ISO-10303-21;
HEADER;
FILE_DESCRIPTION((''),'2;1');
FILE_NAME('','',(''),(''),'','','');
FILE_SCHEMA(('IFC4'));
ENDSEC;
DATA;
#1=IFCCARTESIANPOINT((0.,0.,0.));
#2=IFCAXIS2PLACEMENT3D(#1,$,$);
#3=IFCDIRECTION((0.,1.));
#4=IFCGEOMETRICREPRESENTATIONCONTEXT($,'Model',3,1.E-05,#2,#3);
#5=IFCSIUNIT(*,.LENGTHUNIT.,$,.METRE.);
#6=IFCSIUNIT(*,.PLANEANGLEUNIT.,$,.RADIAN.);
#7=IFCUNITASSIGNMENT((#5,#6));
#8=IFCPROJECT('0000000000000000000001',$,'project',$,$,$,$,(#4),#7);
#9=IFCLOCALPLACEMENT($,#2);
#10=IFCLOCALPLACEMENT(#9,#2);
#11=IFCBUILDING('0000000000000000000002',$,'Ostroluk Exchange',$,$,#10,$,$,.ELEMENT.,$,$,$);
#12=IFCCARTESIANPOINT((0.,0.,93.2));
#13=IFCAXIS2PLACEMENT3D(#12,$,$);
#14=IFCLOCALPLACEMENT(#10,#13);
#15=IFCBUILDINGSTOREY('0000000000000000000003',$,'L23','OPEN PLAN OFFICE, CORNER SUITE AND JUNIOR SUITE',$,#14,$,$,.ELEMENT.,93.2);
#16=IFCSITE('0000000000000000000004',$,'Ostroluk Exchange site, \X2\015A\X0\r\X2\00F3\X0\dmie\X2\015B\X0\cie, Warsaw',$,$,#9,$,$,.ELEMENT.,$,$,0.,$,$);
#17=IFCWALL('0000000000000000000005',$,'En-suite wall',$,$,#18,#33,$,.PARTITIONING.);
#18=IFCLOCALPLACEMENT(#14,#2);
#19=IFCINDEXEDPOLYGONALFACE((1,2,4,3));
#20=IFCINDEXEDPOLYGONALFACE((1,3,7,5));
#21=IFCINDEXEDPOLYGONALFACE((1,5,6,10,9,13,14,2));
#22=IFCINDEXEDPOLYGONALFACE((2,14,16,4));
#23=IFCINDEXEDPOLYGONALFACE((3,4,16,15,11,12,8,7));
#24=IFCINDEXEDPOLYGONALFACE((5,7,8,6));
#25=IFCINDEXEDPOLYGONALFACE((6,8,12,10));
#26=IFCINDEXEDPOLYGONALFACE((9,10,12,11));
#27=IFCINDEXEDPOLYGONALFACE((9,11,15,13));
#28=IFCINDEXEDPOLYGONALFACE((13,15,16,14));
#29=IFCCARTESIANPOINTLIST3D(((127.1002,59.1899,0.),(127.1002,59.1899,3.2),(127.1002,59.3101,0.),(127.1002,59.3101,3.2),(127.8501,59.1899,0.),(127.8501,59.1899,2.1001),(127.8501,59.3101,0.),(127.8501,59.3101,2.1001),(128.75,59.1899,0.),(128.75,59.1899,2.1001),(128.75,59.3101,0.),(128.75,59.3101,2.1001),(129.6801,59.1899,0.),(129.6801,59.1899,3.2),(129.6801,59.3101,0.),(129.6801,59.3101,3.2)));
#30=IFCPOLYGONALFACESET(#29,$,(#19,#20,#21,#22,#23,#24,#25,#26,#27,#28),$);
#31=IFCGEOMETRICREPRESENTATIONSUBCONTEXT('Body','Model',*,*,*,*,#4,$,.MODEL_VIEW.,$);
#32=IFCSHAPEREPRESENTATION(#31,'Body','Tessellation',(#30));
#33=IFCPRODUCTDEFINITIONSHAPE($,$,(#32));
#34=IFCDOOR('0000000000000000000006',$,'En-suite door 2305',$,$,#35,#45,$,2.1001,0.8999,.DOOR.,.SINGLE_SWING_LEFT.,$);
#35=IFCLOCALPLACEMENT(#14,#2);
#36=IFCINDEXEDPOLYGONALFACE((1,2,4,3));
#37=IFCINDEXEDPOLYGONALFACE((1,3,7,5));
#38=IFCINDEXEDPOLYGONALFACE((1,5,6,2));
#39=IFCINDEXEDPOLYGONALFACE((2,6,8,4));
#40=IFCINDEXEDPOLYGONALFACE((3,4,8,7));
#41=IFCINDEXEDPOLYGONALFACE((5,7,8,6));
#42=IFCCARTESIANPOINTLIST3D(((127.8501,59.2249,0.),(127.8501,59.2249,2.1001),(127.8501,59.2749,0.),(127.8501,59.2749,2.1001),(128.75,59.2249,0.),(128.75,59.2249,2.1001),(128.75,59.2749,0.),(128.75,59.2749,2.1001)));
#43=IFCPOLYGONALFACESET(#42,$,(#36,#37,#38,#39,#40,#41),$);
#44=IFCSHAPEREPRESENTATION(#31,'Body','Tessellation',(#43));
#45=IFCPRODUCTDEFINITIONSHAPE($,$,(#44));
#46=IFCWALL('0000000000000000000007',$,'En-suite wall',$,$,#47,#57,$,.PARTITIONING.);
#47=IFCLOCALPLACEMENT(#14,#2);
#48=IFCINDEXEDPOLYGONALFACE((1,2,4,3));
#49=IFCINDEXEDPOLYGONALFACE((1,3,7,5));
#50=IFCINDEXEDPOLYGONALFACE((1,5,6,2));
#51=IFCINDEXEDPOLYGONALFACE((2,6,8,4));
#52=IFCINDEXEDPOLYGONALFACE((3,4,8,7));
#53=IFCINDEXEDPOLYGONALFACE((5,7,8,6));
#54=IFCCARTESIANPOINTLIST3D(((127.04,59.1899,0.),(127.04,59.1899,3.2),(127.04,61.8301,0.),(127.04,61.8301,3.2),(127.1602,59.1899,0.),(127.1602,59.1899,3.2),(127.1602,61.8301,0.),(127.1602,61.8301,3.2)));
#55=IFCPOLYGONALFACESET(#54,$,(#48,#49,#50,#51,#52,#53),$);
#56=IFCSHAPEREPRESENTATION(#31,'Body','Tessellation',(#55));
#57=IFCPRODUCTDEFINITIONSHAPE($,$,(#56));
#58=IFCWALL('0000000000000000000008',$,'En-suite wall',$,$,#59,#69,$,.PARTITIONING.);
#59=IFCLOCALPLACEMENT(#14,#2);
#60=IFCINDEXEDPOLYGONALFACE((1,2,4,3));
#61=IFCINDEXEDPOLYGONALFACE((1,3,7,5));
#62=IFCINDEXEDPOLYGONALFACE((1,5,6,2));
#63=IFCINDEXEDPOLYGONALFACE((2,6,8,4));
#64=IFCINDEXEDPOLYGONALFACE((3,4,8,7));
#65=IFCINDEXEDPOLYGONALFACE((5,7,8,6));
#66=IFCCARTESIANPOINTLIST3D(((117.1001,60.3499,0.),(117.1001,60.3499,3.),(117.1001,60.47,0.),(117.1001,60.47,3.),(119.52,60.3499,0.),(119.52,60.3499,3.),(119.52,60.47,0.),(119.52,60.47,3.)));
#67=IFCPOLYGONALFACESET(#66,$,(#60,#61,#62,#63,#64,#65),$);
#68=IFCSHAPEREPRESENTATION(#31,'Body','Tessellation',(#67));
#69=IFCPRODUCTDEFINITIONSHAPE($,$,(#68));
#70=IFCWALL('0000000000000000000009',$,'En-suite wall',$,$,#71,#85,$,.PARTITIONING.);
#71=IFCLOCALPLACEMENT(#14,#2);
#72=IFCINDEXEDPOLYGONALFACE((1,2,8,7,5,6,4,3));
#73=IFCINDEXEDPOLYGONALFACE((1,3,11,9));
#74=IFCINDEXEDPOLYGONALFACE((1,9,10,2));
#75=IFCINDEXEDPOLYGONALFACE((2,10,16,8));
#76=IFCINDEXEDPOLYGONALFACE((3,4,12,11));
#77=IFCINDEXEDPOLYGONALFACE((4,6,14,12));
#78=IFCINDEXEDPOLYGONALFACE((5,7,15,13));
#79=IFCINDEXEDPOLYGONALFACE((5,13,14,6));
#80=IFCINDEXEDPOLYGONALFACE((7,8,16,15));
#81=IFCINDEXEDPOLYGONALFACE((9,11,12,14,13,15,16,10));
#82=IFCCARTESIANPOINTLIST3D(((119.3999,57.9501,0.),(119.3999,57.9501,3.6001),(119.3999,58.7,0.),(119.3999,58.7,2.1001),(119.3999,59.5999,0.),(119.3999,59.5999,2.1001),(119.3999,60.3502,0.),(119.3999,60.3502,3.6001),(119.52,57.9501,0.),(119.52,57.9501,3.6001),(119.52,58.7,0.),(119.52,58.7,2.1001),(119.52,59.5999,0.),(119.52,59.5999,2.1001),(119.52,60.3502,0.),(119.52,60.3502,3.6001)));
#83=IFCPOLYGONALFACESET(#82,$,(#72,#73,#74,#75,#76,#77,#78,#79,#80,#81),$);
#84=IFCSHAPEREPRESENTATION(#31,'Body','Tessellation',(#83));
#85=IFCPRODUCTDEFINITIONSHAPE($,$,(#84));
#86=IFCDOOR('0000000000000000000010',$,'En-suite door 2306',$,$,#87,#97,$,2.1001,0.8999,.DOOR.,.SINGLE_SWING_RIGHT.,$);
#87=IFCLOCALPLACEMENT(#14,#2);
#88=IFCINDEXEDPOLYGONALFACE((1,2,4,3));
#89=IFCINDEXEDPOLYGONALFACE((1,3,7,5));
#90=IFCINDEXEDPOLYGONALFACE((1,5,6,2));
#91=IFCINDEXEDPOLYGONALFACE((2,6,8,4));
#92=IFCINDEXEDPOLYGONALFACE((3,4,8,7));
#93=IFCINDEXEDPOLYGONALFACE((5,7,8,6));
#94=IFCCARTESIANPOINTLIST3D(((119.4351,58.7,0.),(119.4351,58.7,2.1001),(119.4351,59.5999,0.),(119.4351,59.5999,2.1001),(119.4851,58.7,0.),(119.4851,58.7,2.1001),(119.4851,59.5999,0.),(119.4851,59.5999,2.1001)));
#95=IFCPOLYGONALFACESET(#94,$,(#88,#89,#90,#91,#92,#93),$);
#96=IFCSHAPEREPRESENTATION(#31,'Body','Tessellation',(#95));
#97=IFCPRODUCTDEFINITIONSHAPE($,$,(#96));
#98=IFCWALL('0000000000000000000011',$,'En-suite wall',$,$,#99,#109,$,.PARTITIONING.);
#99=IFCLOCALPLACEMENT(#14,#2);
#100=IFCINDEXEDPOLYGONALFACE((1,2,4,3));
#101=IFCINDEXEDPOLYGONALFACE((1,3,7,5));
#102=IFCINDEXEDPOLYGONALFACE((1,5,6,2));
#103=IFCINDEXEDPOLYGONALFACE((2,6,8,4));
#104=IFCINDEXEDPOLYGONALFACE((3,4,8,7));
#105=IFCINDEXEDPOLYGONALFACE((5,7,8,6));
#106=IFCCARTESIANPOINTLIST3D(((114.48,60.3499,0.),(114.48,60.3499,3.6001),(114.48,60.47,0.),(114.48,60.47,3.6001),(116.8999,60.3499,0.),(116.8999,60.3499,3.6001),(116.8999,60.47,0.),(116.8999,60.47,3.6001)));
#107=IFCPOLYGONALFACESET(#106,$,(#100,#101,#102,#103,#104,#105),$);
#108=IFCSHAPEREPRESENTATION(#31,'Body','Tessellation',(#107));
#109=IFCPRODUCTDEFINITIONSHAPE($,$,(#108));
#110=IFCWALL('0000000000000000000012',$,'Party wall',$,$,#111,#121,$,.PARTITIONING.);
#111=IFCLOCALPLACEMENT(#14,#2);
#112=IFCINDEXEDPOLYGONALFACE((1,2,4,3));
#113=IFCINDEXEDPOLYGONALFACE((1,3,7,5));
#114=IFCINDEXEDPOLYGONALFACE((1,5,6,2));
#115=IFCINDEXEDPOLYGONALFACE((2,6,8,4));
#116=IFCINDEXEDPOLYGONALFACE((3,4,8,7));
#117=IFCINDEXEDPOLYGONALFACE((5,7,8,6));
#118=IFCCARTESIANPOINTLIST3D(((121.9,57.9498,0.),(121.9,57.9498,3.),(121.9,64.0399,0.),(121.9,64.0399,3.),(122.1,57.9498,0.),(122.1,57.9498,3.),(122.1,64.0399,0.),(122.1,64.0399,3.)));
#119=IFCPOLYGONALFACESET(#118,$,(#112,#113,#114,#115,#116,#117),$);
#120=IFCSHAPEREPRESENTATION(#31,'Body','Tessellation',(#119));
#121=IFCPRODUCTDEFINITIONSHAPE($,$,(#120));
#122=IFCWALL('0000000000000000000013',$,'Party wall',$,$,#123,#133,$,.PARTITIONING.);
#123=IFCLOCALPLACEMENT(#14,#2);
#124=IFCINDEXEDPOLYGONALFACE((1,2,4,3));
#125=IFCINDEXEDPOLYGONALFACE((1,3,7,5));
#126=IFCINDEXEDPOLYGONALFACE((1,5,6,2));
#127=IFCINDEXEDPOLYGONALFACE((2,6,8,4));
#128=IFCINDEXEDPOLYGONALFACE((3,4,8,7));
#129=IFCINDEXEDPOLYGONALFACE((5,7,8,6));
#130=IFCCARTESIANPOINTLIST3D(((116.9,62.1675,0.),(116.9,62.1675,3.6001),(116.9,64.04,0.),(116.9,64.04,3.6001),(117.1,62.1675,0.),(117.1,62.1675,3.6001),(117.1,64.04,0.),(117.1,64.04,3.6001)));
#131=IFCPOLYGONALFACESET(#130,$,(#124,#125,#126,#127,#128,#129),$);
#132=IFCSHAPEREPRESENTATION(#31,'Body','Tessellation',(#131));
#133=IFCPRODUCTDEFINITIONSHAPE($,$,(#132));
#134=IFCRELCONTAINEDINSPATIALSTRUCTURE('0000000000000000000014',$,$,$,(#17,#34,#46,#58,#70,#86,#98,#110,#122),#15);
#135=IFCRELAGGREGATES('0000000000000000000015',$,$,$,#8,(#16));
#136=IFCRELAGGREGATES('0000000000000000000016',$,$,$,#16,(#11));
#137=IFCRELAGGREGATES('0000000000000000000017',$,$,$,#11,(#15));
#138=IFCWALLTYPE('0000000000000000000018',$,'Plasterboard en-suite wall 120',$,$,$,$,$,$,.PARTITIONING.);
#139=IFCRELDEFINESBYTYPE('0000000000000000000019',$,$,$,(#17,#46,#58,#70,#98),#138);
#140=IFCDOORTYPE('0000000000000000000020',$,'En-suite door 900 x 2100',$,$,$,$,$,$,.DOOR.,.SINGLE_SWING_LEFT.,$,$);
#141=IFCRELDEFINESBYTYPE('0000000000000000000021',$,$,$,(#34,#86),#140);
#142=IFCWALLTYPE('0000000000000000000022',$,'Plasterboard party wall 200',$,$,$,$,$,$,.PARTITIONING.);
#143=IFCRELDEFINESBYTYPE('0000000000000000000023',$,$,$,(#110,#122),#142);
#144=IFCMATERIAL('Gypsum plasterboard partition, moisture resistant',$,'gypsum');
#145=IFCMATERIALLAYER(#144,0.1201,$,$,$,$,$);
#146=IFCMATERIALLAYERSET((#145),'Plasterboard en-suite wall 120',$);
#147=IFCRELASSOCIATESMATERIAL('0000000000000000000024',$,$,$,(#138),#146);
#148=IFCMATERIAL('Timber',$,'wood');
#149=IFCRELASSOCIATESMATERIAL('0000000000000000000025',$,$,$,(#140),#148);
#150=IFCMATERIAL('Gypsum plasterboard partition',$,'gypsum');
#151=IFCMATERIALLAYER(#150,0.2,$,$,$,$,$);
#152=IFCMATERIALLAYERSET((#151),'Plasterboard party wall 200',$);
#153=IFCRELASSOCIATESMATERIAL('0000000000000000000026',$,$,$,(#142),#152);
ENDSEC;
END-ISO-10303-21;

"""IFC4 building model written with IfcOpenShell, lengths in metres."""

from ifc_helpers import new_model, si_unit, direction, frame, frame_2d, origin, place, context, subcontext, project, spatial, rectangle, extrude, material, layer, layer_set, type_object, element, fill, save


model = new_model("IFC4")

# Units and contexts
model_context = context("Model", 3, precision=1e-05, world=origin(), true_north=direction((0.0, 1.0)))
body_context = subcontext(model_context, "Body", "Model", "MODEL_VIEW")
ifc_project = project(units=[si_unit("LENGTHUNIT", "METRE"), si_unit("PLANEANGLEUNIT", "RADIAN")], contexts=[model_context])

# Site, building, storey
site_placement = place(None, origin())
site = spatial("IfcSite", under=ifc_project, at=site_placement, Name="Ostroluk Exchange site, Śródmieście, Warsaw", CompositionType="ELEMENT", RefElevation=0.0)
building_placement = place(site_placement, origin())
building = spatial("IfcBuilding", under=site, at=building_placement, Name="Ostroluk Exchange", CompositionType="ELEMENT")
storey_placement = place(building_placement, frame((0.0, 0.0, 93.2)))
storey = spatial("IfcBuildingStorey", under=building, at=storey_placement, Name="L23", Description="OPEN PLAN OFFICE, CORNER SUITE AND JUNIOR SUITE", CompositionType="ELEMENT", Elevation=93.2)

# Wall, opening, door
ifc_material_1 = material(Name="Gypsum plasterboard partition, moisture resistant", Category="gypsum")
ifc_layer_1 = layer(ifc_material_1, 0.1201)
ifc_layer_set_1 = layer_set([ifc_layer_1], Name="Plasterboard en-suite wall 120")
wall_type_1 = type_object("IfcWallType", Name="Plasterboard en-suite wall 120", PredefinedType="PARTITIONING", material=ifc_layer_set_1)
wall_1_placement = place(storey_placement, frame((127.1001, 59.25, 0.0), z_axis=(0.0, 0.0, 1.0), x_axis=(1.0, 0.0, 0.0)))
wall_1 = element("IfcWall", 1, at=wall_1_placement, inside=storey, type_object=wall_type_1, Name="En-suite wall", PredefinedType="PARTITIONING", context=body_context, shape_type="SweptSolid", body=[
    extrude(rectangle(XDim=2.5798, YDim=0.1201, at=frame_2d((1.29, 0.0))), origin(), (0.0, 0.0, 1.0), 3.2),
])
opening_1_placement = place(wall_1_placement, frame((0.75, 0.0, 0.0)))
opening_1 = element("IfcOpeningElement", 2, at=opening_1_placement, cuts=wall_1, PredefinedType="OPENING", context=body_context, shape_type="SweptSolid", body=[
    extrude(rectangle(XDim=0.8999, YDim=2.1001, at=frame_2d((0.45, 1.05))), frame((0.0, 0.0701, 0.0), z_axis=(0.0, -1.0, 0.0), x_axis=(1.0, 0.0, 0.0)), (0.0, 0.0, 1.0), 0.1401),
])
ifc_material_2 = material(Name="Timber", Category="wood")
door_type = type_object("IfcDoorType", Name="En-suite door 900 x 2100", OperationType="SINGLE_SWING_LEFT", PredefinedType="DOOR", material=ifc_material_2)
door_1_placement = place(opening_1_placement, origin())
door_1 = element("IfcDoor", 3, at=door_1_placement, inside=storey, type_object=door_type, Name="En-suite door 2305", OperationType="SINGLE_SWING_LEFT", OverallHeight=2.1001, OverallWidth=0.8999, PredefinedType="DOOR", context=body_context, shape_type="SweptSolid", body=[
    extrude(rectangle(XDim=0.8999, YDim=2.1001, at=frame_2d((0.45, 1.05))), frame((0.0, 0.0249, 0.0), z_axis=(0.0, -1.0, 0.0), x_axis=(1.0, 0.0, 0.0)), (0.0, 0.0, 1.0), 0.05),
])
fill(opening_1, door_1)

# Walls
wall_2_placement = place(storey_placement, frame((127.1001, 59.1899, 0.0), z_axis=(0.0, 0.0, 1.0), x_axis=(0.0, 1.0, 0.0)))
element("IfcWall", 4, at=wall_2_placement, inside=storey, type_object=wall_type_1, Name="En-suite wall", PredefinedType="PARTITIONING", context=body_context, shape_type="SweptSolid", body=[
    extrude(rectangle(XDim=2.6401, YDim=0.1201, at=frame_2d((1.3201, 0.0))), origin(), (0.0, 0.0, 1.0), 3.2),
])
wall_3_placement = place(storey_placement, frame((119.52, 60.4099, 0.0), z_axis=(0.0, 0.0, 1.0), x_axis=(-1.0, 0.0, 0.0)))
element("IfcWall", 5, at=wall_3_placement, inside=storey, type_object=wall_type_1, Name="En-suite wall", PredefinedType="PARTITIONING", context=body_context, shape_type="SweptSolid", body=[
    extrude(rectangle(XDim=2.4199, YDim=0.1201, at=frame_2d((1.21, 0.0))), origin(), (0.0, 0.0, 1.0), 3.0),
])

# Wall, opening, door
wall_4_placement = place(storey_placement, frame((119.46, 57.95, 0.0), z_axis=(0.0, 0.0, 1.0), x_axis=(0.0, 1.0, 0.0)))
wall_4 = element("IfcWall", 6, at=wall_4_placement, inside=storey, type_object=wall_type_1, Name="En-suite wall", PredefinedType="PARTITIONING", context=body_context, shape_type="SweptSolid", body=[
    extrude(rectangle(XDim=2.4001, YDim=0.1201, at=frame_2d((1.2002, 0.0))), origin(), (0.0, 0.0, 1.0), 3.6001),
])
opening_2_placement = place(wall_4_placement, frame((0.75, 0.0, 0.0)))
opening_2 = element("IfcOpeningElement", 7, at=opening_2_placement, cuts=wall_4, PredefinedType="OPENING", context=body_context, shape_type="SweptSolid", body=[
    extrude(rectangle(XDim=0.8999, YDim=2.1001, at=frame_2d((0.45, 1.05))), frame((0.0, 0.0701, 0.0), z_axis=(0.0, -1.0, 0.0), x_axis=(1.0, 0.0, 0.0)), (0.0, 0.0, 1.0), 0.1401),
])
door_2_placement = place(opening_2_placement, origin())
door_2 = element("IfcDoor", 8, at=door_2_placement, inside=storey, type_object=door_type, Name="En-suite door 2306", OperationType="SINGLE_SWING_RIGHT", OverallHeight=2.1001, OverallWidth=0.8999, PredefinedType="DOOR", context=body_context, shape_type="SweptSolid", body=[
    extrude(rectangle(XDim=0.8999, YDim=2.1001, at=frame_2d((0.45, 1.05))), frame((0.0, 0.0249, 0.0), z_axis=(0.0, -1.0, 0.0), x_axis=(1.0, 0.0, 0.0)), (0.0, 0.0, 1.0), 0.05),
])
fill(opening_2, door_2)

# Walls
wall_5_placement = place(storey_placement, frame((116.8999, 60.4099, 0.0), z_axis=(0.0, 0.0, 1.0), x_axis=(-1.0, 0.0, 0.0)))
element("IfcWall", 9, at=wall_5_placement, inside=storey, type_object=wall_type_1, Name="En-suite wall", PredefinedType="PARTITIONING", context=body_context, shape_type="SweptSolid", body=[
    extrude(rectangle(XDim=2.4199, YDim=0.1201, at=frame_2d((1.21, 0.0))), origin(), (0.0, 0.0, 1.0), 3.6001),
])
ifc_material_3 = material(Name="Gypsum plasterboard partition", Category="gypsum")
ifc_layer_2 = layer(ifc_material_3, 0.2)
ifc_layer_set_2 = layer_set([ifc_layer_2], Name="Plasterboard party wall 200")
wall_type_2 = type_object("IfcWallType", Name="Plasterboard party wall 200", PredefinedType="PARTITIONING", material=ifc_layer_set_2)
wall_6_placement = place(storey_placement, frame((122.0, 57.95, 0.0), z_axis=(0.0, 0.0, 1.0), x_axis=(0.0, 1.0, 0.0)))
element("IfcWall", 10, at=wall_6_placement, inside=storey, type_object=wall_type_2, Name="Party wall", PredefinedType="PARTITIONING", context=body_context, shape_type="SweptSolid", body=[
    extrude(rectangle(XDim=6.0901, YDim=0.2, at=frame_2d((3.0449, 0.0))), origin(), (0.0, 0.0, 1.0), 3.0),
])
wall_7_placement = place(storey_placement, frame((117.0, 62.1675, 0.0), z_axis=(0.0, 0.0, 1.0), x_axis=(0.0, 1.0, 0.0)))
element("IfcWall", 11, at=wall_7_placement, inside=storey, type_object=wall_type_2, Name="Party wall", PredefinedType="PARTITIONING", context=body_context, shape_type="SweptSolid", body=[
    extrude(rectangle(XDim=1.8726, YDim=0.2, at=frame_2d((0.9363, 0.0))), origin(), (0.0, 0.0, 1.0), 3.6001),
])

save(model, "model.ifc")
